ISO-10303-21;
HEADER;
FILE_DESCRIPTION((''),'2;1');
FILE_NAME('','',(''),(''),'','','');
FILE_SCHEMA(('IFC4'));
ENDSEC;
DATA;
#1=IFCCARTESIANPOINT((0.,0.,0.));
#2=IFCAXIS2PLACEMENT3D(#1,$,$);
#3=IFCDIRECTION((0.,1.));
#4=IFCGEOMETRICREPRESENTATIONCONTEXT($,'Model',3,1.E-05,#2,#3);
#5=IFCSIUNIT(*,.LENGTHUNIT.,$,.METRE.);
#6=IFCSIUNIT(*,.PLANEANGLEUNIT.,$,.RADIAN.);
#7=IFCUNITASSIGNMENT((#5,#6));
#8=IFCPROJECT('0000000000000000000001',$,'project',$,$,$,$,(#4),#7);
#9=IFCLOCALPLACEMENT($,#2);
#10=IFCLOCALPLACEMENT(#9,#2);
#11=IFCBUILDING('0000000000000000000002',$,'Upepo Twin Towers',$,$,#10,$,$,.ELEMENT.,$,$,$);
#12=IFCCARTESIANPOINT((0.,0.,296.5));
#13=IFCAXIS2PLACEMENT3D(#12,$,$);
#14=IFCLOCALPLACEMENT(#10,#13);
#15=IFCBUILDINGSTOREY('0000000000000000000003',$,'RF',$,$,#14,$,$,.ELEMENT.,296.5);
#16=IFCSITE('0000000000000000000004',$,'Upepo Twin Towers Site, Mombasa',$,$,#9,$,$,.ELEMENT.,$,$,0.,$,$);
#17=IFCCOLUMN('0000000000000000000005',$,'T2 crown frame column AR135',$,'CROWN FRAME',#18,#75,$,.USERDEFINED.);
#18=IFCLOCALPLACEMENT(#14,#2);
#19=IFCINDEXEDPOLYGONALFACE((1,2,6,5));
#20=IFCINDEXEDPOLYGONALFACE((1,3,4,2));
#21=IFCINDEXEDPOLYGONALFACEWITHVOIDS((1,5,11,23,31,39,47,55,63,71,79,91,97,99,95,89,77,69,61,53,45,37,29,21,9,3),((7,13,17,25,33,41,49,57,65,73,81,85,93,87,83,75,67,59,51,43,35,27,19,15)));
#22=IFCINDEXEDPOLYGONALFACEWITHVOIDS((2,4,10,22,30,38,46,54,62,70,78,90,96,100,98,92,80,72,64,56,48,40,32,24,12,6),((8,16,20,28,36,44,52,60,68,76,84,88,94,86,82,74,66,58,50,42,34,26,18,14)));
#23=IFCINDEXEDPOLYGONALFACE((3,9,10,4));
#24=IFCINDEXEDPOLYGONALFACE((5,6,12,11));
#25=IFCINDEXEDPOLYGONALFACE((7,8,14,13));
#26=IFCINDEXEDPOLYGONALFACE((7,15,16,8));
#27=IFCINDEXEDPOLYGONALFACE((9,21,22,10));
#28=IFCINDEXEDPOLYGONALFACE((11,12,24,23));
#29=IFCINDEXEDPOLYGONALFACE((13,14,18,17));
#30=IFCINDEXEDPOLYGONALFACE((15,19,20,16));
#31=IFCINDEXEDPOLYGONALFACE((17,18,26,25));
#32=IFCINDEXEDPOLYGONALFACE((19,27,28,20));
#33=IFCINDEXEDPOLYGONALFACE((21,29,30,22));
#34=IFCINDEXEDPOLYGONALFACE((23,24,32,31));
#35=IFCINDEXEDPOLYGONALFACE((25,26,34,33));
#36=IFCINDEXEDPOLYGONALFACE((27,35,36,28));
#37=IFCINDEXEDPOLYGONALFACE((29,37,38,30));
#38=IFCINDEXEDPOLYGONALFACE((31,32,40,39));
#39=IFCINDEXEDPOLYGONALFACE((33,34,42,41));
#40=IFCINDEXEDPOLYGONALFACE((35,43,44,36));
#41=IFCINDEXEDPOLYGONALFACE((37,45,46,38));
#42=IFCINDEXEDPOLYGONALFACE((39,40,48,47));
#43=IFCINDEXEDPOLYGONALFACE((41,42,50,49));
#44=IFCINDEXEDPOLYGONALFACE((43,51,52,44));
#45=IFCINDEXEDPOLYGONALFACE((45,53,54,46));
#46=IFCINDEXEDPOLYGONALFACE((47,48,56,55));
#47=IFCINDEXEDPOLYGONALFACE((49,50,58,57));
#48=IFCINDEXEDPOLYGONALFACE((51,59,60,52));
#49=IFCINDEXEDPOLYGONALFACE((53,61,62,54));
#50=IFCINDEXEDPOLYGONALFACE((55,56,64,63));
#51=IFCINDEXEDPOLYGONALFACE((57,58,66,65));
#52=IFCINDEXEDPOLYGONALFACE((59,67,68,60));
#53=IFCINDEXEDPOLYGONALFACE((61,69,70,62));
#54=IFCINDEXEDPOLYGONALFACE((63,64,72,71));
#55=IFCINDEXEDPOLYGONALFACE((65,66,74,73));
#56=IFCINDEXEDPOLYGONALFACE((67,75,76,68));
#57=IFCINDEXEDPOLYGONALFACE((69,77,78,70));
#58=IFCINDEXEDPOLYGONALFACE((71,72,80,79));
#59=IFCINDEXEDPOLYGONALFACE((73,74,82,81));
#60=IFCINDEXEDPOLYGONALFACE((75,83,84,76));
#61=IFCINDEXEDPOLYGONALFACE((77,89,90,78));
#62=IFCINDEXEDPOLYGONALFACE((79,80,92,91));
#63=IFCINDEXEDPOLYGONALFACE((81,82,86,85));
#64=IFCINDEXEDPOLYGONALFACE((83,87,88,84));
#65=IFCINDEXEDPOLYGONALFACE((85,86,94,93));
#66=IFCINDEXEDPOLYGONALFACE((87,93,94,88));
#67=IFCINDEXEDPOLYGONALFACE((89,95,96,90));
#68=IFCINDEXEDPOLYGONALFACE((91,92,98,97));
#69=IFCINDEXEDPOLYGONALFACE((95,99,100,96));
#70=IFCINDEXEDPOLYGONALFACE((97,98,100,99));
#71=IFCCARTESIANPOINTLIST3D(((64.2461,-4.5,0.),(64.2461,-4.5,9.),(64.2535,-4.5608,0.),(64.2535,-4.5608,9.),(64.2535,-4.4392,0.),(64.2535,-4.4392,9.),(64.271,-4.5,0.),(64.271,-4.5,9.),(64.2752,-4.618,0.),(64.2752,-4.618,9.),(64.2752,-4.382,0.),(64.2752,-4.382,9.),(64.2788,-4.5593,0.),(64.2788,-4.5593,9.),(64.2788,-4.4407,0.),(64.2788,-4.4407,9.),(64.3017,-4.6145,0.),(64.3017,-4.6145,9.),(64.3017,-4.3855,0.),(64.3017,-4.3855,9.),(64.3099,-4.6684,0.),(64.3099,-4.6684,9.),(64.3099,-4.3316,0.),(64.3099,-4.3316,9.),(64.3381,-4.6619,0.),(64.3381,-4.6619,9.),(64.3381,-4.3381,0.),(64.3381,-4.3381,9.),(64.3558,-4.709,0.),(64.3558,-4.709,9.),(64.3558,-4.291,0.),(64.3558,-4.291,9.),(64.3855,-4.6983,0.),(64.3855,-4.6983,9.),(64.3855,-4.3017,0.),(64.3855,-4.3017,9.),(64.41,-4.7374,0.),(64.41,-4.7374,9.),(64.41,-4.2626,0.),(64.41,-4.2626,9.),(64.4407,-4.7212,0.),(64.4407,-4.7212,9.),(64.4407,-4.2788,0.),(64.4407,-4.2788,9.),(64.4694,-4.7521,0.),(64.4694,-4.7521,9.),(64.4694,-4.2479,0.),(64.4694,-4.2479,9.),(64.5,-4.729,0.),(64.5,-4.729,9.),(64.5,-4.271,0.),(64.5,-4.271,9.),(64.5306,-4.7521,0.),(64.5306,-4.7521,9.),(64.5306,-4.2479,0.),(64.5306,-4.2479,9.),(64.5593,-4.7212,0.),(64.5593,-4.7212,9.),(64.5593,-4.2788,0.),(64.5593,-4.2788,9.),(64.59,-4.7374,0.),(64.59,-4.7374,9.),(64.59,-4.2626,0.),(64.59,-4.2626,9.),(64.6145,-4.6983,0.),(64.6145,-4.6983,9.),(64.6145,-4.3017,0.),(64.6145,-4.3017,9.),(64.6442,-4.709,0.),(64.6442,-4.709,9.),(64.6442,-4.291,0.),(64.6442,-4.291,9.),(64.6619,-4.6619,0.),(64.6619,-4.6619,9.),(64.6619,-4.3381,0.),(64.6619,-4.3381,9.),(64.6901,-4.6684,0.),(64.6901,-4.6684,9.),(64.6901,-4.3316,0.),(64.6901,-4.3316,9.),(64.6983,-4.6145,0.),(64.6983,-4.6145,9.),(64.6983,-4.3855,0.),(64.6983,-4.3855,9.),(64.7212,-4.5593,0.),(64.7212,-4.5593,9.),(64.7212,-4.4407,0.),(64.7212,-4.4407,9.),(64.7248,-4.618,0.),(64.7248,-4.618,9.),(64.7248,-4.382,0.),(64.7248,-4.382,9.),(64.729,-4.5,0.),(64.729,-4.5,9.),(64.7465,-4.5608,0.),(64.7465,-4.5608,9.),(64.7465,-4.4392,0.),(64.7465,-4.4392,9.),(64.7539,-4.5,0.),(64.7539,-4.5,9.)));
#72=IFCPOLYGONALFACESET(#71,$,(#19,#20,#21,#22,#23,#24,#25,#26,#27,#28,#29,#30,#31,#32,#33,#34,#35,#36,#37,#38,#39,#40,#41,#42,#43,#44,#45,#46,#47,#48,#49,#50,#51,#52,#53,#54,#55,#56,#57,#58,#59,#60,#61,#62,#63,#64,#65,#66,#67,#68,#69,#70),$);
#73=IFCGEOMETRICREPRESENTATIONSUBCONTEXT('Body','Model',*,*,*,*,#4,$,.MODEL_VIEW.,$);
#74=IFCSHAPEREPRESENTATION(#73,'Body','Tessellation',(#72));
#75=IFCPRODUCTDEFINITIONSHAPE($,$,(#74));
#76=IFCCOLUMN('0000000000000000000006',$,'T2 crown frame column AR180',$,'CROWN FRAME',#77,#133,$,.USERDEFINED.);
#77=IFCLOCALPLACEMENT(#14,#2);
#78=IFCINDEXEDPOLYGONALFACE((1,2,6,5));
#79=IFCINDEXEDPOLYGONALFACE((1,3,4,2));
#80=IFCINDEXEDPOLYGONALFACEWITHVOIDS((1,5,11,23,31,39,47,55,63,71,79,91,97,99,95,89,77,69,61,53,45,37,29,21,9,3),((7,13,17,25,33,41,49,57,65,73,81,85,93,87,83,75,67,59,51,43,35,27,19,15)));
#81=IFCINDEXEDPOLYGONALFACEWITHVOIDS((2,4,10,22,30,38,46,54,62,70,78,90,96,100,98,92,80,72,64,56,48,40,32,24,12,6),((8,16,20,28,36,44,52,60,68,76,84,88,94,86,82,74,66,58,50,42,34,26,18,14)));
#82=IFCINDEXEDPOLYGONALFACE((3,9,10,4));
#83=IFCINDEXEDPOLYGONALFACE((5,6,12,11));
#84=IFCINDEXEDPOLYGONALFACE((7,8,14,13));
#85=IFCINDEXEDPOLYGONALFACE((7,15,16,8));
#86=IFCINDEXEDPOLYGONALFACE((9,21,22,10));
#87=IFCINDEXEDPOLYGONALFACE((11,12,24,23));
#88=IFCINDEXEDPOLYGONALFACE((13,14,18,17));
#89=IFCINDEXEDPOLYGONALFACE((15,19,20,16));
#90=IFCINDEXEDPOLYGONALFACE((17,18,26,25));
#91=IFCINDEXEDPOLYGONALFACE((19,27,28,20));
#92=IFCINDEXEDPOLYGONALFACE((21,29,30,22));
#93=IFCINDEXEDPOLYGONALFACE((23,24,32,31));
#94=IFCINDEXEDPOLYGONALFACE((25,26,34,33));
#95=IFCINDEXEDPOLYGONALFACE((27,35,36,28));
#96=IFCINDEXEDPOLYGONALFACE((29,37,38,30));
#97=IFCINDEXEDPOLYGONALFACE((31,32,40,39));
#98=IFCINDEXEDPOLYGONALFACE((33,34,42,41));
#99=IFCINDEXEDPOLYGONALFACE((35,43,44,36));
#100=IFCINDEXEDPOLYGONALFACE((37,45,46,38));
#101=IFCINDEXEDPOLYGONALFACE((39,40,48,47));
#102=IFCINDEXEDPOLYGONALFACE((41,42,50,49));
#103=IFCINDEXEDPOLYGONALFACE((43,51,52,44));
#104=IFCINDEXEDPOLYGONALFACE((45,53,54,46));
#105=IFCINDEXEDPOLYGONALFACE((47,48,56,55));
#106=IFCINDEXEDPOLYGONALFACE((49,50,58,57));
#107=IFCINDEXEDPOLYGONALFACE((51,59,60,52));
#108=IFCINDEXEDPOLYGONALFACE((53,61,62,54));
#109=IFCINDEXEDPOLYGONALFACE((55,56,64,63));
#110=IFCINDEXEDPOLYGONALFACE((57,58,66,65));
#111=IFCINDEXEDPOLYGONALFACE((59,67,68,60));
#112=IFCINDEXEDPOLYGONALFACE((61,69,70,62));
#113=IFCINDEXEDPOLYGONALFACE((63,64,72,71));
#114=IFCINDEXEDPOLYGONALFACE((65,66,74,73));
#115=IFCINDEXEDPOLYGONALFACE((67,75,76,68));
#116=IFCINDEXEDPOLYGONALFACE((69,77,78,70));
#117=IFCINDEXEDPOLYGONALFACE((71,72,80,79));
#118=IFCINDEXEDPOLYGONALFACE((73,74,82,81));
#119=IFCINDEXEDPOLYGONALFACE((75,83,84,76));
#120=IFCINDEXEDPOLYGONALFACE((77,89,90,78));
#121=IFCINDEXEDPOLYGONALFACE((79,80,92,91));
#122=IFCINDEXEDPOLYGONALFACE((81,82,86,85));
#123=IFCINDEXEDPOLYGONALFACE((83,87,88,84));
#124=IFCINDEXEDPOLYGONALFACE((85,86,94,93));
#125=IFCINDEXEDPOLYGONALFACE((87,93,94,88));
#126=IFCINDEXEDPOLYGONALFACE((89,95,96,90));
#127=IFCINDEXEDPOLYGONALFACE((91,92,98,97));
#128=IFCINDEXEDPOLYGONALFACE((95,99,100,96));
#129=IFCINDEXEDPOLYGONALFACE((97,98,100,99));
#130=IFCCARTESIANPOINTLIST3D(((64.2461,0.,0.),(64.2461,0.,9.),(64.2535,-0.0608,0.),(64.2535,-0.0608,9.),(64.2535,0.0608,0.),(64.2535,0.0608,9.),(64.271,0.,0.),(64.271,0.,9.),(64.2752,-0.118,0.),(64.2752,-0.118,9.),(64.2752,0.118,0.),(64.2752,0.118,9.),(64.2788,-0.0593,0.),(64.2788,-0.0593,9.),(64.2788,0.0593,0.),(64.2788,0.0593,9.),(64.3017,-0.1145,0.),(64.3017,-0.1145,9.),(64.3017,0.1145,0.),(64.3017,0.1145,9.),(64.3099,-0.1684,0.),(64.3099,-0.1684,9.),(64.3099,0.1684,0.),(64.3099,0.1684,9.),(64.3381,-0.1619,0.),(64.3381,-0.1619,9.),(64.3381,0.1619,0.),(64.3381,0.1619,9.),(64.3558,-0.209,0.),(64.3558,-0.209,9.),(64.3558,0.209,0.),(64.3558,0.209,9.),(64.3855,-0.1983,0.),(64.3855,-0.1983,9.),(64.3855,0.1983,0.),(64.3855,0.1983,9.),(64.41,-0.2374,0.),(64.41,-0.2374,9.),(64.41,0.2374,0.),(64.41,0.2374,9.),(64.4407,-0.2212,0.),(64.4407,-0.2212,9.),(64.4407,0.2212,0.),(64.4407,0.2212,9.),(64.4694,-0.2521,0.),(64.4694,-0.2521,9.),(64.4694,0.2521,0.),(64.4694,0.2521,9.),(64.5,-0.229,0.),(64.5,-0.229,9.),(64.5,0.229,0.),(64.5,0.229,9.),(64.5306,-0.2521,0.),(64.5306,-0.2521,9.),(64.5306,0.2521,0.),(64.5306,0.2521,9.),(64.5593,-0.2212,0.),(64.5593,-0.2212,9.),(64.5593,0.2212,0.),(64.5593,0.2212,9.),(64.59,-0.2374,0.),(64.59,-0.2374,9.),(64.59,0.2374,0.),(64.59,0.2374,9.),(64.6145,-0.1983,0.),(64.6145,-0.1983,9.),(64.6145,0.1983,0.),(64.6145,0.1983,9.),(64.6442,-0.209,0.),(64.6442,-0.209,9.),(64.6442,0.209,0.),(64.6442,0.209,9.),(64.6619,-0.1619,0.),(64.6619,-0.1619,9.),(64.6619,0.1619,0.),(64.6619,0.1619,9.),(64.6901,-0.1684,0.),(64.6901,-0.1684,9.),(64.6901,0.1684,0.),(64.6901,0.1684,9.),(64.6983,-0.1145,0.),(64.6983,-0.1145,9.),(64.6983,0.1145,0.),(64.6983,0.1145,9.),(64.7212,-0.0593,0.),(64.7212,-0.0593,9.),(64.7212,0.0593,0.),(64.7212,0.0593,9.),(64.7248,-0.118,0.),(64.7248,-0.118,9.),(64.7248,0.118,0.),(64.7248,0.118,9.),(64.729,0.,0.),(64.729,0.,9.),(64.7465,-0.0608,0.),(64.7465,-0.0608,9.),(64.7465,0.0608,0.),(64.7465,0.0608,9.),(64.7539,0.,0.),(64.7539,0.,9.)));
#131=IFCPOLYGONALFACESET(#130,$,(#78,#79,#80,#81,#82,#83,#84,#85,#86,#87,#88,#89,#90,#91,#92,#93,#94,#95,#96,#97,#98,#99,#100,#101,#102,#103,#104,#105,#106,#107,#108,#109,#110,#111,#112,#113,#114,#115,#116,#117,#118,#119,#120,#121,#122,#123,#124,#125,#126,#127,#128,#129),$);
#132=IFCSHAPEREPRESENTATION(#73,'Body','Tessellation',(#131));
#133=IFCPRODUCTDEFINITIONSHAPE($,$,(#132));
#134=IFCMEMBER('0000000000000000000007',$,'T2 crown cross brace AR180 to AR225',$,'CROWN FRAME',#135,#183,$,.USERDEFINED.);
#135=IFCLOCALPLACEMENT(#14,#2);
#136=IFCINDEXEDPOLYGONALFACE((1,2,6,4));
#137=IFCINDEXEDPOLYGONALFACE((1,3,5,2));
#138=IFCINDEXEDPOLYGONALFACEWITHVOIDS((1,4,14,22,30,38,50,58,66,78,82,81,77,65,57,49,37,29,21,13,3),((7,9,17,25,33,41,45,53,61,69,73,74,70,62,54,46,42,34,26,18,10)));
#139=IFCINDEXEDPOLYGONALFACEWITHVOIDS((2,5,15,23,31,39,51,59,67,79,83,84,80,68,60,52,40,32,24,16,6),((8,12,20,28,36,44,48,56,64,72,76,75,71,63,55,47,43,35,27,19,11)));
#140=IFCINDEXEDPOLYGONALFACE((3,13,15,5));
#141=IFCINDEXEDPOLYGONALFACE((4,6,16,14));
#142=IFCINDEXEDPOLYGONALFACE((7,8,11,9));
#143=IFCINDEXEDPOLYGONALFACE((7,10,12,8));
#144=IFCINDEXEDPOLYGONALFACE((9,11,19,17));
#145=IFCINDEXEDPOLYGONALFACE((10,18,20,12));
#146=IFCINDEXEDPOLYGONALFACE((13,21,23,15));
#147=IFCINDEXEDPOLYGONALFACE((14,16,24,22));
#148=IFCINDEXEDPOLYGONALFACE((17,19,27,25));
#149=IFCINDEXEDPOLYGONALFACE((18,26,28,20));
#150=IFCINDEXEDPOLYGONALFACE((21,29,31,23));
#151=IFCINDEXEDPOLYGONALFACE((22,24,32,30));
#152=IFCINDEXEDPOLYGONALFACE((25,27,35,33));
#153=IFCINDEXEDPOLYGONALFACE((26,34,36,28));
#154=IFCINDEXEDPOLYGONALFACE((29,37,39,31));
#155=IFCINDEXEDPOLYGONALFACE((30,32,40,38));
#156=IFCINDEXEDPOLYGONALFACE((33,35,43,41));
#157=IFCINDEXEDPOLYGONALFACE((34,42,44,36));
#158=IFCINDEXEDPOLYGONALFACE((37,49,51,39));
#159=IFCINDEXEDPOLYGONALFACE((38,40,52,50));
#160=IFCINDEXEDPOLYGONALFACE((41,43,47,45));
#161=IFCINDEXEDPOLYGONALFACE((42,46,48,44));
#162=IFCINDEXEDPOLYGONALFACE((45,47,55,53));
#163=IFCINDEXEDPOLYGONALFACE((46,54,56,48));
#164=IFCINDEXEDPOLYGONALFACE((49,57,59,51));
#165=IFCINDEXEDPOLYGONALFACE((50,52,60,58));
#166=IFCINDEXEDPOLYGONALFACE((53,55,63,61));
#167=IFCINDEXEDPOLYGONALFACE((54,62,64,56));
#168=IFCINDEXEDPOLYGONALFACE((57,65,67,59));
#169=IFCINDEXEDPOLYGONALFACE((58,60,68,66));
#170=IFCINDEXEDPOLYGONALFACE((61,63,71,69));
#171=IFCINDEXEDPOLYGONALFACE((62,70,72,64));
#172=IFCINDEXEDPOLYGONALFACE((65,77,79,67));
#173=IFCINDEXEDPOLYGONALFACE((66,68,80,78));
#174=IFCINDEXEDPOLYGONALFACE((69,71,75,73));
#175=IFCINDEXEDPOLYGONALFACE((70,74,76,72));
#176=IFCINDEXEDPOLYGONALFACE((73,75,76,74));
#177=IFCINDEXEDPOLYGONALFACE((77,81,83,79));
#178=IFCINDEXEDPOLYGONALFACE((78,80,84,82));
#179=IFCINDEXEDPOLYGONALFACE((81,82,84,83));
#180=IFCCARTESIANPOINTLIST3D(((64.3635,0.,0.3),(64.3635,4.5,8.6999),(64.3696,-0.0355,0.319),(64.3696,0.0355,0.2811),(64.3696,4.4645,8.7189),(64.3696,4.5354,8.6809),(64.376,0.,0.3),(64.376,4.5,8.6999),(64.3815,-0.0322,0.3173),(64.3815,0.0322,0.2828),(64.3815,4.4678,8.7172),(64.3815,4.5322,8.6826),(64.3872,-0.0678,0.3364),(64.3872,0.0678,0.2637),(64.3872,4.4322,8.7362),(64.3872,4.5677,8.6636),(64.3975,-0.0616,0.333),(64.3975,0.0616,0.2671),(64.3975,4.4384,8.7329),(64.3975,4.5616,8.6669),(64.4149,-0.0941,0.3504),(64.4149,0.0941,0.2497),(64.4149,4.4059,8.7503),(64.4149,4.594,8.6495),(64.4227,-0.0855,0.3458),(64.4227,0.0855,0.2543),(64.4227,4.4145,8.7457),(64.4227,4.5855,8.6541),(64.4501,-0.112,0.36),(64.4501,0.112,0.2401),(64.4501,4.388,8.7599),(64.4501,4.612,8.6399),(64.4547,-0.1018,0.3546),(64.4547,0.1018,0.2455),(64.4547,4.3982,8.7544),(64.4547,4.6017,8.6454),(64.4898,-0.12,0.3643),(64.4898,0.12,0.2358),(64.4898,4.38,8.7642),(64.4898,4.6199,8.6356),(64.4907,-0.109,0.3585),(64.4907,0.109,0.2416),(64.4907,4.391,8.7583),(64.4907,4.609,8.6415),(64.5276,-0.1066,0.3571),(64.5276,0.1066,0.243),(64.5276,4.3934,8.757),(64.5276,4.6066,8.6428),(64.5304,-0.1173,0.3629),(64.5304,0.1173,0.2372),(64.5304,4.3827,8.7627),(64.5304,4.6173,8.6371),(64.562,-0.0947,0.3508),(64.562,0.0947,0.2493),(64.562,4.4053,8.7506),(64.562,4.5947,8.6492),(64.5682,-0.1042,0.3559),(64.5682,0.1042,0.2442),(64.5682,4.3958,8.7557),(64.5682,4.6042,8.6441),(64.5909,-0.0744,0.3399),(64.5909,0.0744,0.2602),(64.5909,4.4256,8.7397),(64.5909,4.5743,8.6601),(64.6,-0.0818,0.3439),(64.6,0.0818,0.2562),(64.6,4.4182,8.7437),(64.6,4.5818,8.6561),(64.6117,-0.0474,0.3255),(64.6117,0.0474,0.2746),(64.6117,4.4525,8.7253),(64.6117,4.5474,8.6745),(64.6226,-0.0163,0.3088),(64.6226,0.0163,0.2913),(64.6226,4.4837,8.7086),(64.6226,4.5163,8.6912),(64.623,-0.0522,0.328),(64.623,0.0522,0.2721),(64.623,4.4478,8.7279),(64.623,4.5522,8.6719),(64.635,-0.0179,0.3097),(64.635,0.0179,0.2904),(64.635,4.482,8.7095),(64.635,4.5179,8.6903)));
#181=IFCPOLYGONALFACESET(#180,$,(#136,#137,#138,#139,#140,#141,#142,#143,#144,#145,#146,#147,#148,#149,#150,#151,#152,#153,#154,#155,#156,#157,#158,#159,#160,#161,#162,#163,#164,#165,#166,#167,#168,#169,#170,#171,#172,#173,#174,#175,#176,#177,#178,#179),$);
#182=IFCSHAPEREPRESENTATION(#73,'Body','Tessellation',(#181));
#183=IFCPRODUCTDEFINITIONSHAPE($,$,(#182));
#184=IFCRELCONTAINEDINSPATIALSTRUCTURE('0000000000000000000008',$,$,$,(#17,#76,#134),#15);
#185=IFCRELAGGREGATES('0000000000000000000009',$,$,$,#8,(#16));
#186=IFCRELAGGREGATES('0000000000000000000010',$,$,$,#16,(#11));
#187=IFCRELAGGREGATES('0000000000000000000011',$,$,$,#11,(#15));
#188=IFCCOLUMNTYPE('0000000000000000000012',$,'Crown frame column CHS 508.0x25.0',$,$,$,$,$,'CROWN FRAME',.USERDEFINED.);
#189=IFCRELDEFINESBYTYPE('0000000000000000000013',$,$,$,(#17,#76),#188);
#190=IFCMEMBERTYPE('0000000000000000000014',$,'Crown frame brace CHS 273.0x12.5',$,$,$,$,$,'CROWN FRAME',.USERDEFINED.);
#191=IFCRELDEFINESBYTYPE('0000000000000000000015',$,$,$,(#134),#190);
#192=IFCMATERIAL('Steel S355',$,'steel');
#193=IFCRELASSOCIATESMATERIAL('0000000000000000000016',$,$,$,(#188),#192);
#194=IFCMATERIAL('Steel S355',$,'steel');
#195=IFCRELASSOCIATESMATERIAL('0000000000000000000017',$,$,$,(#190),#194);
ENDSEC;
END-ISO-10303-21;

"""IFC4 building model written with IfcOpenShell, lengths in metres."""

from ifc_helpers import new_model, si_unit, direction, frame, origin, origin_2d, place, context, subcontext, project, spatial, hollow_circle, extrude, material, material_profile, profile_set, type_object, element, save


model = new_model("IFC4")

# Units and contexts
model_context = context("Model", 3, precision=1e-05, world=origin(), true_north=direction((0.0, 1.0)))
body_context = subcontext(model_context, "Body", "Model", "MODEL_VIEW")
ifc_project = project(units=[si_unit("LENGTHUNIT", "METRE"), si_unit("PLANEANGLEUNIT", "RADIAN")], contexts=[model_context])

# Site, building, storey
site_placement = place(None, origin())
site = spatial("IfcSite", under=ifc_project, at=site_placement, Name="Upepo Twin Towers Site, Mombasa", CompositionType="ELEMENT", RefElevation=0.0)
building_placement = place(site_placement, origin())
building = spatial("IfcBuilding", under=site, at=building_placement, Name="Upepo Twin Towers", CompositionType="ELEMENT")
storey_placement = place(building_placement, frame((0.0, 0.0, 296.5)))
storey = spatial("IfcBuildingStorey", under=building, at=storey_placement, Name="RF", CompositionType="ELEMENT", Elevation=296.5)

# Columns
ifc_material_1 = material(Name="Steel S355", Category="steel")
ifc_material_profile_1 = material_profile(ifc_material_1, hollow_circle(Radius=0.2539, WallThickness=0.0249, at=origin_2d()), Name="CHS 508.0x25.0")
ifc_profile_set_1 = profile_set([ifc_material_profile_1], Name="Steel S355")
column_type = type_object("IfcColumnType", Name="Crown frame column CHS 508.0x25.0", ElementType="CROWN FRAME", PredefinedType="USERDEFINED", material=ifc_profile_set_1)
for number, where, z_axis, x_axis, name in (
    (1, (64.5, -4.5, 0.0), (0.0, 0.0, 1.0), (1.0, 0.0, 0.0), "T2 crown frame column AR135"),
    (2, (64.5, 0.0, 0.0), (0.0, 0.0, 1.0), (1.0, 0.0, 0.0), "T2 crown frame column AR180"),
):
    element("IfcColumn", number, at=place(storey_placement, frame(where, z_axis=z_axis, x_axis=x_axis)), inside=storey, type_object=column_type, Name=name, ObjectType="CROWN FRAME", PredefinedType="USERDEFINED", context=body_context, shape_type="SweptSolid", body=[
        extrude(hollow_circle(Radius=0.2539, WallThickness=0.0249, at=origin_2d()), origin(), (0.0, 0.0, 1.0), 9.0),
    ])

# Member
ifc_material_2 = material(Name="Steel S355", Category="steel")
ifc_material_profile_2 = material_profile(ifc_material_2, hollow_circle(Radius=0.1365, WallThickness=0.0125, at=origin_2d()), Name="CHS 273.0x12.5")
ifc_profile_set_2 = profile_set([ifc_material_profile_2], Name="Steel S355")
member_type = type_object("IfcMemberType", Name="Crown frame brace CHS 273.0x12.5", ElementType="CROWN FRAME", PredefinedType="USERDEFINED", material=ifc_profile_set_2)
for number, where, z_axis, x_axis, name in (
    (3, (64.5, 0.0, 0.3), (0.0, 0.472226, 0.881478), (-1.0, 0.0, 0.0), "T2 crown cross brace AR180 to AR225"),
):
    element("IfcMember", number, at=place(storey_placement, frame(where, z_axis=z_axis, x_axis=x_axis)), inside=storey, type_object=member_type, Name=name, ObjectType="CROWN FRAME", PredefinedType="USERDEFINED", context=body_context, shape_type="SweptSolid", body=[
        extrude(hollow_circle(Radius=0.1365, WallThickness=0.0125, at=origin_2d()), origin(), (0.0, 0.0, 1.0), 9.5293),
    ])

save(model, "model.ifc")
